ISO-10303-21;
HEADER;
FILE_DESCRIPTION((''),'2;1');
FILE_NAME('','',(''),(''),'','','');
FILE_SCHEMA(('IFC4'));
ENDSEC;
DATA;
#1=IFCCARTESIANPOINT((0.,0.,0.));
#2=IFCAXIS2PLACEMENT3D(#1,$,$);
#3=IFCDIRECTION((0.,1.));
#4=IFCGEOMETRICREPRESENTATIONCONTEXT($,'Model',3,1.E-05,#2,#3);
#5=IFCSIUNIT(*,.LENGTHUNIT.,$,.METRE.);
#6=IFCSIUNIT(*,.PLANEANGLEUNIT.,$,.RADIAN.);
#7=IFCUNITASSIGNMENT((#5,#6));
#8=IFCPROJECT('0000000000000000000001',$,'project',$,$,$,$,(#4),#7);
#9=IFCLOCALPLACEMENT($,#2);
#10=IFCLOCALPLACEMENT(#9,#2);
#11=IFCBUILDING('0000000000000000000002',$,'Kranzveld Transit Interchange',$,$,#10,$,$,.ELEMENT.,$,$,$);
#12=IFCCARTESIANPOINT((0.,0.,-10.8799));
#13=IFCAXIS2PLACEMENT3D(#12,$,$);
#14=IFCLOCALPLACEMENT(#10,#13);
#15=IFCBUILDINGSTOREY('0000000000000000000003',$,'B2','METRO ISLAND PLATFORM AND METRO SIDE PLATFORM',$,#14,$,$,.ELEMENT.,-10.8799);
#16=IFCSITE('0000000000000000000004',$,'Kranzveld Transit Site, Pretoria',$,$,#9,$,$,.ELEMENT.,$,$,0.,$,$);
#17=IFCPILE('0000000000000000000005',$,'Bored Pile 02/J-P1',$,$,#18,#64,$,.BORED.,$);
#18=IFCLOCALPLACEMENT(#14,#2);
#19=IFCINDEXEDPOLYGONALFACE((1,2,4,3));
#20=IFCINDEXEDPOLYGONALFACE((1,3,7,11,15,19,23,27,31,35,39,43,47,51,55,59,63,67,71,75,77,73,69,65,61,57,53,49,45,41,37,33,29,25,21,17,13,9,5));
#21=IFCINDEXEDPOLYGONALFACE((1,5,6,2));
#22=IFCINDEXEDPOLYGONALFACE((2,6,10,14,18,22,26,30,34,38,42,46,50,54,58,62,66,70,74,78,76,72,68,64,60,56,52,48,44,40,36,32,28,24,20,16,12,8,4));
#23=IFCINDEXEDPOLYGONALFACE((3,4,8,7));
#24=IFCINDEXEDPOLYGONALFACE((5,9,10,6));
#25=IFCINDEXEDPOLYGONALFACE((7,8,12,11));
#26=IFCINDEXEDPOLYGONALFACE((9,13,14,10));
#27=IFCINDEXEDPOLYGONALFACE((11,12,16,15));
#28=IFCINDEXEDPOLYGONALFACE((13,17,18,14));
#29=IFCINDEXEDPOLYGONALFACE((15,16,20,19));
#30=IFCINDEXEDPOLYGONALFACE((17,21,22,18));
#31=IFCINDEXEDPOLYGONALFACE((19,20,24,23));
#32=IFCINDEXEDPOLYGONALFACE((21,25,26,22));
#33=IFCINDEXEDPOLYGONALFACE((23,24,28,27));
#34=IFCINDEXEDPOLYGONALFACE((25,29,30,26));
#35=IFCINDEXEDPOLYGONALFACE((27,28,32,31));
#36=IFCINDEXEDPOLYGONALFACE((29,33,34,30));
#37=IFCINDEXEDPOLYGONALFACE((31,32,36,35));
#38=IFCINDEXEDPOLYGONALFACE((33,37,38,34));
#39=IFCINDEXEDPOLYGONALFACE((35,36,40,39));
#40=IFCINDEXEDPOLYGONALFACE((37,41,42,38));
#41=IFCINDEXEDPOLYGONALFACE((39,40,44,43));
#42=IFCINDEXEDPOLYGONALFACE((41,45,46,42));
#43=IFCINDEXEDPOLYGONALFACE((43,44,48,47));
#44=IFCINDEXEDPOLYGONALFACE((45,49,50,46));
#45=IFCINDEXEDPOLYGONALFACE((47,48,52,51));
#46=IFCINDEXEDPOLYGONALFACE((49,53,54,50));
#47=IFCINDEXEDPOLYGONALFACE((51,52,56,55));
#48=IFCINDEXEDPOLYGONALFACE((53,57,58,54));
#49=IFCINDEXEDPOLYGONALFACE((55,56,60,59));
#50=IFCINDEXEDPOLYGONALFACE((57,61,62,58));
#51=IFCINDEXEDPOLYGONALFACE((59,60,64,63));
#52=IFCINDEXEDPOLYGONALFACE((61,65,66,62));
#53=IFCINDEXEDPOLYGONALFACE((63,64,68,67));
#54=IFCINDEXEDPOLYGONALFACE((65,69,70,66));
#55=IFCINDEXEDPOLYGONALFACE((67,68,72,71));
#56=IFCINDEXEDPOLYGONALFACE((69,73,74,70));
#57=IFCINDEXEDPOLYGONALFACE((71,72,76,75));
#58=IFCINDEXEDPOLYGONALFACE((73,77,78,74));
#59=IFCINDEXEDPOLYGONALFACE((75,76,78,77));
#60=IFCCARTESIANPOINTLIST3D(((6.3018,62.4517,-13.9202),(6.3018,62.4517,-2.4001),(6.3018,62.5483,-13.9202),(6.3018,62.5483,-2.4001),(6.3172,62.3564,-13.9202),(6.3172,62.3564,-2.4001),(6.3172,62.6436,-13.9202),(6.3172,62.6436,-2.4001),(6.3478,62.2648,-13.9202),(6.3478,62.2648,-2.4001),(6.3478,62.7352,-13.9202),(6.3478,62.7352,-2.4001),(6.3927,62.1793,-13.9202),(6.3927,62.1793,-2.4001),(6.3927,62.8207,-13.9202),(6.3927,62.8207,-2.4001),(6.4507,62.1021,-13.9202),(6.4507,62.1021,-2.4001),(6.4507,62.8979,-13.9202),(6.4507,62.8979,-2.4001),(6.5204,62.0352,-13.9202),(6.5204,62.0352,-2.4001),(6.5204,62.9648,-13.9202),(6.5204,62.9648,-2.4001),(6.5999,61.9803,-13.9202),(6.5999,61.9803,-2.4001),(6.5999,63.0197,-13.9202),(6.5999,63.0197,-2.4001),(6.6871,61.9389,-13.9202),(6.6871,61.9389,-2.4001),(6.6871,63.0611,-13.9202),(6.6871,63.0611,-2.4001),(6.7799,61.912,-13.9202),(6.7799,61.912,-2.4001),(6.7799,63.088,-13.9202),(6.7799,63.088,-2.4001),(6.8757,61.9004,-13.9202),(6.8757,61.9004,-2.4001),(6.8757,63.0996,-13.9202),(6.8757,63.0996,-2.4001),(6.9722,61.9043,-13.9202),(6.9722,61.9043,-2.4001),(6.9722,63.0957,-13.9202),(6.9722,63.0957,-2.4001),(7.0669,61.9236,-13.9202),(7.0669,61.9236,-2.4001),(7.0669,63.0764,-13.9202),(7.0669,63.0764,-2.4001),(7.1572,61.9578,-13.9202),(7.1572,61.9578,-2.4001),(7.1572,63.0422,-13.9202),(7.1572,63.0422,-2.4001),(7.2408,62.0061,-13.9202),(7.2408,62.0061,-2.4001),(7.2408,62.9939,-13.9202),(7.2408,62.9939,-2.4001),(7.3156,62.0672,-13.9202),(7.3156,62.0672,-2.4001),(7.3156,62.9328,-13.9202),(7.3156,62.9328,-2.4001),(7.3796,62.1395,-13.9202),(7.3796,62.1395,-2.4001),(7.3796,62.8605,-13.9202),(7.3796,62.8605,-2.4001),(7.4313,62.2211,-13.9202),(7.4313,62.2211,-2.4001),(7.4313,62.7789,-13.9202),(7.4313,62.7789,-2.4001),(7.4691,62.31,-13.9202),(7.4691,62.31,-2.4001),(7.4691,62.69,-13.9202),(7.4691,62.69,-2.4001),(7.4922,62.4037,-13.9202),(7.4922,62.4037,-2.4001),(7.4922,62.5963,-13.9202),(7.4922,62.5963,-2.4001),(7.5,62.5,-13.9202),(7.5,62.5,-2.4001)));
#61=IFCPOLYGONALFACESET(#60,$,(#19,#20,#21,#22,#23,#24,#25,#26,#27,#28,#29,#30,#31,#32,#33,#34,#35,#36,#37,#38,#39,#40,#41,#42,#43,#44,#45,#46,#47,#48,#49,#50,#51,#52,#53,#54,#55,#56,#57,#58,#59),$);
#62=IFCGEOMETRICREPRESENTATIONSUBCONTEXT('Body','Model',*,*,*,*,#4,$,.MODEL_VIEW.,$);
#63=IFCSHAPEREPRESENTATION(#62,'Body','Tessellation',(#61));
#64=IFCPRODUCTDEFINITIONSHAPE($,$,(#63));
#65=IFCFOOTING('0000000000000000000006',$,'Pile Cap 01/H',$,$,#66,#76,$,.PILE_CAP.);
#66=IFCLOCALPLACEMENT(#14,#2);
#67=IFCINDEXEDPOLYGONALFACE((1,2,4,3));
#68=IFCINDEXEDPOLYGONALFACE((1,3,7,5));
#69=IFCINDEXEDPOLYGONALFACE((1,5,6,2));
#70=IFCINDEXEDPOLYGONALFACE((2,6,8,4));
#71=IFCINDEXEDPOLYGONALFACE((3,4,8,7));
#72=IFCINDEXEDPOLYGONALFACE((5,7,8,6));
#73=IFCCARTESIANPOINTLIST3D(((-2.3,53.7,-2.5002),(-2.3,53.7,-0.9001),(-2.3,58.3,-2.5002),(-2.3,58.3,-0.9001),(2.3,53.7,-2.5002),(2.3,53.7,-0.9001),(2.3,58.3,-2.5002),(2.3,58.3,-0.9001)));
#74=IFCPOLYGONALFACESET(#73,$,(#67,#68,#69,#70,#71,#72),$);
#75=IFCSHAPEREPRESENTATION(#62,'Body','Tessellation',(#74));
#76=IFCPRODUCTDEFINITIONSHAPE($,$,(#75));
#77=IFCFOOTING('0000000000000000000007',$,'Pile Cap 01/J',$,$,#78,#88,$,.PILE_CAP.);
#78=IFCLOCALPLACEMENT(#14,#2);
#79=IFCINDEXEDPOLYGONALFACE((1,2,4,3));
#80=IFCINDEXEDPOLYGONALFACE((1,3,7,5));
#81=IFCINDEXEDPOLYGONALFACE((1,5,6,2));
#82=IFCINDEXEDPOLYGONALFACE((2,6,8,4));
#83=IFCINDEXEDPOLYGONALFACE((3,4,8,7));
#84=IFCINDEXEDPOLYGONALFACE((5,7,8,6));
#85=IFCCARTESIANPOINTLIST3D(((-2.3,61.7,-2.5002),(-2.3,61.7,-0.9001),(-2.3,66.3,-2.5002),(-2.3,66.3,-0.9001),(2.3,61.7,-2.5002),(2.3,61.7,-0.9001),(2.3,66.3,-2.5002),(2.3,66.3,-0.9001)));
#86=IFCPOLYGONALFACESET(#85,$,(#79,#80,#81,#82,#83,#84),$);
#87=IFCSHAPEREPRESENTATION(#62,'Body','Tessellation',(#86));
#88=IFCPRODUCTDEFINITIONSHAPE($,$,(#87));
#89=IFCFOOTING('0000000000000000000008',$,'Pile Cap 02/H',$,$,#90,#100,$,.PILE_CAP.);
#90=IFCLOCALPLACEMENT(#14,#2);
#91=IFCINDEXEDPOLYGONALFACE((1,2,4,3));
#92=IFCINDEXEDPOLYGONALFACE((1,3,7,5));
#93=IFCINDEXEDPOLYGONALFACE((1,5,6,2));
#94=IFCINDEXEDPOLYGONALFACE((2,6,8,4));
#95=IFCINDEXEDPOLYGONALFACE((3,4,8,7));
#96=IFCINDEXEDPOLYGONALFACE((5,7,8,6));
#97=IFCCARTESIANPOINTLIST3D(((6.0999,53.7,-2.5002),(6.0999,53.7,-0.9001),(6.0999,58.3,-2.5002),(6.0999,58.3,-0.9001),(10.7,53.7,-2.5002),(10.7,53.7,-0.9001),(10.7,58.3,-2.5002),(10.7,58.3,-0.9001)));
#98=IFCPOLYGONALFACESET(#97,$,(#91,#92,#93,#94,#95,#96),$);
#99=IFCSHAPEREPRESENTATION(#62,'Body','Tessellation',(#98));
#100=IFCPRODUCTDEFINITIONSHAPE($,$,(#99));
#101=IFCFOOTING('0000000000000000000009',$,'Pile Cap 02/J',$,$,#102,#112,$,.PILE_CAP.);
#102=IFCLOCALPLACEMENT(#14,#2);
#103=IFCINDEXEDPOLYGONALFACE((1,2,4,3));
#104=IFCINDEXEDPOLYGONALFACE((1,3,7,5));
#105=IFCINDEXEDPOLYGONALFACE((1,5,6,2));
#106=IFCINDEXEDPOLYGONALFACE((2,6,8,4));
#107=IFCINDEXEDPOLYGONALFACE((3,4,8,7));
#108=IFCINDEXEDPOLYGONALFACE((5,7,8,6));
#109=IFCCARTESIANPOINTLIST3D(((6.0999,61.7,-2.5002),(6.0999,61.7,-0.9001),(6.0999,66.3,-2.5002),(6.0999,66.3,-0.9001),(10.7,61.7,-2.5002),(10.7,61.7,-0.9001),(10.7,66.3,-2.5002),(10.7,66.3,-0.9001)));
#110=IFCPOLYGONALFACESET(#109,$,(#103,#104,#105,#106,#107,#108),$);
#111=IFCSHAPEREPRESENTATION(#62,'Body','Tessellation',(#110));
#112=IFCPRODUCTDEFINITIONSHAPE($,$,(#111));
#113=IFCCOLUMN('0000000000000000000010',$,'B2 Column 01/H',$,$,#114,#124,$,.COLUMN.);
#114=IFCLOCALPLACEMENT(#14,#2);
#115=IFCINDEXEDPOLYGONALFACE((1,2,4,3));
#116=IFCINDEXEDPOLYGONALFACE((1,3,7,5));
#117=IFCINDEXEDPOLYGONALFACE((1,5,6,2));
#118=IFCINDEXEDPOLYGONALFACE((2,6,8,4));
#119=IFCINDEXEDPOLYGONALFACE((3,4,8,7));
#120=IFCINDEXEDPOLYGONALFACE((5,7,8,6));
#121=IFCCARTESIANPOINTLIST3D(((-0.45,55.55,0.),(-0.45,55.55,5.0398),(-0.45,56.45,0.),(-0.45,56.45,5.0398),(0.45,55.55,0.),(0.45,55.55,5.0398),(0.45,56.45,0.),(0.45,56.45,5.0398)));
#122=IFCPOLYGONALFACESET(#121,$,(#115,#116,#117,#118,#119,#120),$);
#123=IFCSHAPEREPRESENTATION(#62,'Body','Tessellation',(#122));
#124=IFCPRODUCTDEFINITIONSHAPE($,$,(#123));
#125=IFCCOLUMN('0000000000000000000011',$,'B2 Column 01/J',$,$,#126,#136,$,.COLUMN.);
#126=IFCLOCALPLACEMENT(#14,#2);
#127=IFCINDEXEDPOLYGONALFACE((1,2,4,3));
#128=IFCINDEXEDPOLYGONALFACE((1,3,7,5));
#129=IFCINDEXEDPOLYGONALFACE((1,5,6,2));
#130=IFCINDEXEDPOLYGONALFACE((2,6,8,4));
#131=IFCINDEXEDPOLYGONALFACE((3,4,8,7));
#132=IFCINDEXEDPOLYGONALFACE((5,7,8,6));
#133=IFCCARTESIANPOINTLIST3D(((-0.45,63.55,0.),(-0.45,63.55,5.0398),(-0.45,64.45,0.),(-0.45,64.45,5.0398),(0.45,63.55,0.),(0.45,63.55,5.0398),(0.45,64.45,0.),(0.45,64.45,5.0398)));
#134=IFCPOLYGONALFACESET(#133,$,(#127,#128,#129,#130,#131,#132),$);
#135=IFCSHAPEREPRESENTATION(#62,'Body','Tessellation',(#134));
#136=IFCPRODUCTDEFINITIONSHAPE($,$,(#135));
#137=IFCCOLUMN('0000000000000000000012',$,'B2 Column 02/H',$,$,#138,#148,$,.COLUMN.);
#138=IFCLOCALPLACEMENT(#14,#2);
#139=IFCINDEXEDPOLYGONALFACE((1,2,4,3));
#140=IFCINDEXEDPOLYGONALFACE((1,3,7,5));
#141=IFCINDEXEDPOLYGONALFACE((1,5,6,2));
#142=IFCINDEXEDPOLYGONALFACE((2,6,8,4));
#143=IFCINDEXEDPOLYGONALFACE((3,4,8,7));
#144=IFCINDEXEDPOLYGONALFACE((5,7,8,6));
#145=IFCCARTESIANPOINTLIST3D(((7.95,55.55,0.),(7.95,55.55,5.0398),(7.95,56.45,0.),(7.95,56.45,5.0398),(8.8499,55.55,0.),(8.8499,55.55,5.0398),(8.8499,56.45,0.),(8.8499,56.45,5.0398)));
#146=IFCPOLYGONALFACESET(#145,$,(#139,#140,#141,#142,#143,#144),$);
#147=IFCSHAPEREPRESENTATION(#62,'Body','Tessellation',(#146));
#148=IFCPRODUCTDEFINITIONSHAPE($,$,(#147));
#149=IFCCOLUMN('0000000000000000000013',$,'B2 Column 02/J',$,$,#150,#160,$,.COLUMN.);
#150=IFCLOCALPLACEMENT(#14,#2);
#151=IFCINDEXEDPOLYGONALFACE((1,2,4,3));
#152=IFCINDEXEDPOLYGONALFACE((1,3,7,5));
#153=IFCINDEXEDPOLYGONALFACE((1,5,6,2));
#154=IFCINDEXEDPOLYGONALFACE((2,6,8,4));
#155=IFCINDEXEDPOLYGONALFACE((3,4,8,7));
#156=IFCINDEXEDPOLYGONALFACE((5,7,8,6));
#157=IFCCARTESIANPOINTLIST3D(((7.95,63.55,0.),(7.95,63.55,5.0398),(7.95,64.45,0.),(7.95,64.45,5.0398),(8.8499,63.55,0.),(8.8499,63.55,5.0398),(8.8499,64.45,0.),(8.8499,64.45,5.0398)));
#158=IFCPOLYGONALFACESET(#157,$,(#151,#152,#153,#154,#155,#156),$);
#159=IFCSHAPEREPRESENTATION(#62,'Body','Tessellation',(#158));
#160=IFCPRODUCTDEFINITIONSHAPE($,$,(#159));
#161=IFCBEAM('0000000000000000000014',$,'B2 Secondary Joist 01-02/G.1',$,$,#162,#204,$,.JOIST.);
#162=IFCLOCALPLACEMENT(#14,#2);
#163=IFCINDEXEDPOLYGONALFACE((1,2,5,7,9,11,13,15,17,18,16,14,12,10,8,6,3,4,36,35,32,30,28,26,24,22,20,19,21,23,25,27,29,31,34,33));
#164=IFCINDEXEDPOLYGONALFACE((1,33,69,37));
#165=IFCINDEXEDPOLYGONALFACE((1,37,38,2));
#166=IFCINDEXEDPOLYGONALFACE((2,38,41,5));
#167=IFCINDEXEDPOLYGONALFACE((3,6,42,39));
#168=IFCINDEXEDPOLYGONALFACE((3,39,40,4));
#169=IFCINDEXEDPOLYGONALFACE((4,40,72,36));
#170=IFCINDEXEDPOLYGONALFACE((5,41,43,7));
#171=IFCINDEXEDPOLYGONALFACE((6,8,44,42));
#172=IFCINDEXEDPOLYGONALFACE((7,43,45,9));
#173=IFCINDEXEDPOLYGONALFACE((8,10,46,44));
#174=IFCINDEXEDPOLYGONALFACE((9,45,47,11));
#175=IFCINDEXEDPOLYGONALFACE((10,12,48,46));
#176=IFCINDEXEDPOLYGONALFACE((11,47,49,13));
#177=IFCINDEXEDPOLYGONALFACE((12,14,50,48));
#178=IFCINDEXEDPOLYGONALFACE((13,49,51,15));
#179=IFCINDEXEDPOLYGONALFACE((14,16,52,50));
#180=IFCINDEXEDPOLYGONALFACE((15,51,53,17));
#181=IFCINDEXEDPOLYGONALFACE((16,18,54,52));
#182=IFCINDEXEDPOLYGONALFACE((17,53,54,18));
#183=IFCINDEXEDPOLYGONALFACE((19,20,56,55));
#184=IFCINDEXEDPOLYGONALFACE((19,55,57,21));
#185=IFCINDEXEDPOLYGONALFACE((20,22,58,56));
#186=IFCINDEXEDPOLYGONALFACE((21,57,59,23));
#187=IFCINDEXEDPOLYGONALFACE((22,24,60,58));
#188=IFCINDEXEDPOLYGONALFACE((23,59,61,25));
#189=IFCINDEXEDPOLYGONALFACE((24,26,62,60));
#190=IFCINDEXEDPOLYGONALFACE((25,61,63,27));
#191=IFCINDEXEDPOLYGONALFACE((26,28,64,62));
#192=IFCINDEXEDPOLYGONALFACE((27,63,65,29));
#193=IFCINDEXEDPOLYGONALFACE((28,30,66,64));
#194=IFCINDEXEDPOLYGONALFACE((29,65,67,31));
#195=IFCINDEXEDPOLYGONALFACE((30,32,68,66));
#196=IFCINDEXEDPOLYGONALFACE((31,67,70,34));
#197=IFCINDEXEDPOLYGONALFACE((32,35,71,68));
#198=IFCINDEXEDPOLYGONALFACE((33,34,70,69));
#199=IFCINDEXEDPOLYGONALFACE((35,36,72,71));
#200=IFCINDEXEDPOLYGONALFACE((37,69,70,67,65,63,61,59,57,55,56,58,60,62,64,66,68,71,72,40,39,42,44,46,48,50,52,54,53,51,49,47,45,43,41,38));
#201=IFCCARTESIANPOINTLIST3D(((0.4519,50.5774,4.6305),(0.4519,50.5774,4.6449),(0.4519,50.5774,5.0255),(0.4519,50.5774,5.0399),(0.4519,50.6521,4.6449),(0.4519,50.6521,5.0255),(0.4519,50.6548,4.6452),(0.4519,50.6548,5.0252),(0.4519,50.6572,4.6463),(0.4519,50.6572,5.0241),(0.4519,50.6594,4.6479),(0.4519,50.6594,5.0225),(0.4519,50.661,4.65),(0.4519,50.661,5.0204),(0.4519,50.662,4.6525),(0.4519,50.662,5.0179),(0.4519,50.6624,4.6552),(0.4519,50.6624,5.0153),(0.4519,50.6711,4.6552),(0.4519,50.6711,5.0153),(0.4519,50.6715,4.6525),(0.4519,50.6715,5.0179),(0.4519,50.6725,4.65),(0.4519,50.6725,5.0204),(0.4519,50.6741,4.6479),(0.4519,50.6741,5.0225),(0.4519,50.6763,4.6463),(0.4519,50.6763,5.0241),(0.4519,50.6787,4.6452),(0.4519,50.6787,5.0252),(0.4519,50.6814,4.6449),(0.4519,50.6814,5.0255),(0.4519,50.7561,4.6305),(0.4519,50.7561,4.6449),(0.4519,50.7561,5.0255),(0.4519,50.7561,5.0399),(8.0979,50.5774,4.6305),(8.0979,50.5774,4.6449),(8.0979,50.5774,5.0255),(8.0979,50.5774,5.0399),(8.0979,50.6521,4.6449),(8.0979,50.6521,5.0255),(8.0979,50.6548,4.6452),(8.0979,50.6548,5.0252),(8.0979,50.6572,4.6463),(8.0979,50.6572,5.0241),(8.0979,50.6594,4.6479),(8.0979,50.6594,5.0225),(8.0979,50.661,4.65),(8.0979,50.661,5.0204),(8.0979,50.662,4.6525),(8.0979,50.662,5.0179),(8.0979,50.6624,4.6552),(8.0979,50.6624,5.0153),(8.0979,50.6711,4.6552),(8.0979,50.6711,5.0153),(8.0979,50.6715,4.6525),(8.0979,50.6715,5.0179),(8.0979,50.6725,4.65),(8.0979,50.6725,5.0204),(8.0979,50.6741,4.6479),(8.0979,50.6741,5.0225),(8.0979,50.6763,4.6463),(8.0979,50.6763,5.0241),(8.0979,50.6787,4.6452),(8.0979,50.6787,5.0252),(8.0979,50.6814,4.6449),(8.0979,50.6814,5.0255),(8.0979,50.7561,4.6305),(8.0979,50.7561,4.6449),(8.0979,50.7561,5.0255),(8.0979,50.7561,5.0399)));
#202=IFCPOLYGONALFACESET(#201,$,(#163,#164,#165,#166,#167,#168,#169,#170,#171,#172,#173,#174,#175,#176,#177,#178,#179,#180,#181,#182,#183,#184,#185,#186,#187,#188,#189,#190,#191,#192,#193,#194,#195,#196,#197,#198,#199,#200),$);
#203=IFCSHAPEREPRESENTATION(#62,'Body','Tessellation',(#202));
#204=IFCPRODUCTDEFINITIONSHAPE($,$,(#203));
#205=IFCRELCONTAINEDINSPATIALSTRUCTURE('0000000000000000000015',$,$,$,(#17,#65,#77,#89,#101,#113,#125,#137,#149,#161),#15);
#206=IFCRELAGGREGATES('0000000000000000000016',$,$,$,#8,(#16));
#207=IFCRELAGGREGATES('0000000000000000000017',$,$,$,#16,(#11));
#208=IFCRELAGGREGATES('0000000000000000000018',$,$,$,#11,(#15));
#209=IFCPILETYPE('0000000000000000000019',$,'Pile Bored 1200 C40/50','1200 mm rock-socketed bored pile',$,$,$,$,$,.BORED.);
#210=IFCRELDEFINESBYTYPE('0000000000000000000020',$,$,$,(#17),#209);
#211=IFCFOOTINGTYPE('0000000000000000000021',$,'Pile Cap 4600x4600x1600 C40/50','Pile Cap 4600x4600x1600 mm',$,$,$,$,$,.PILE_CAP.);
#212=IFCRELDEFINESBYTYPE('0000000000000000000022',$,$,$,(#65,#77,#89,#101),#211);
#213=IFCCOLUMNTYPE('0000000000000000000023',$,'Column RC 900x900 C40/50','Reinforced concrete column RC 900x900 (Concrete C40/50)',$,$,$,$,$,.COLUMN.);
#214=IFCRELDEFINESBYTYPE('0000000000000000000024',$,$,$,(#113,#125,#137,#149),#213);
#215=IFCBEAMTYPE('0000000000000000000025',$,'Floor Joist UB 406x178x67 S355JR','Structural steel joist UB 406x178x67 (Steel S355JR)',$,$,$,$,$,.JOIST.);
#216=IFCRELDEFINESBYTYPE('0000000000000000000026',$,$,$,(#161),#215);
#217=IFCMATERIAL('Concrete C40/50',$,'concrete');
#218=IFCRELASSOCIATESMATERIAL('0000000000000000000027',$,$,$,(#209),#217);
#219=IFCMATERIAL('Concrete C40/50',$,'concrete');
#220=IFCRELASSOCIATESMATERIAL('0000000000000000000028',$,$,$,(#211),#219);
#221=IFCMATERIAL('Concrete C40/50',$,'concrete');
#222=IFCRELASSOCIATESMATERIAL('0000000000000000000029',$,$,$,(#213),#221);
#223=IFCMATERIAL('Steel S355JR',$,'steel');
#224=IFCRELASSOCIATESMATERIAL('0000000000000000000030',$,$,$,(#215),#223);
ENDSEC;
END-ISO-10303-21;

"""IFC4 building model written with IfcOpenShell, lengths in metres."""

from ifc_helpers import new_model, si_unit, direction, frame, origin, origin_2d, place, context, subcontext, project, spatial, rectangle, circle, i_section, extrude, material, material_profile, profile_set, type_object, element, save


model = new_model("IFC4")

# Units and contexts
model_context = context("Model", 3, precision=1e-05, world=origin(), true_north=direction((0.0, 1.0)))
body_context = subcontext(model_context, "Body", "Model", "MODEL_VIEW")
ifc_project = project(units=[si_unit("LENGTHUNIT", "METRE"), si_unit("PLANEANGLEUNIT", "RADIAN")], contexts=[model_context])

# Site, building, storey
site_placement = place(None, origin())
site = spatial("IfcSite", under=ifc_project, at=site_placement, Name="Kranzveld Transit Site, Pretoria", CompositionType="ELEMENT", RefElevation=0.0)
building_placement = place(site_placement, origin())
building = spatial("IfcBuilding", under=site, at=building_placement, Name="Kranzveld Transit Interchange", CompositionType="ELEMENT")
storey_placement = place(building_placement, frame((0.0, 0.0, -10.8799)))
storey = spatial("IfcBuildingStorey", under=building, at=storey_placement, Name="B2", Description="METRO ISLAND PLATFORM AND METRO SIDE PLATFORM", CompositionType="ELEMENT", Elevation=-10.8799)

# Pile
ifc_material_1 = material(Name="Concrete C40/50", Category="concrete")
ifc_material_profile_1 = material_profile(ifc_material_1, circle(Radius=0.6001, at=origin_2d()), Name="BORED PILE 1200")
ifc_profile_set_1 = profile_set([ifc_material_profile_1], Name="Concrete C40/50")
pile_type = type_object("IfcPileType", Name="Pile Bored 1200 C40/50", Description="1200 mm rock-socketed bored pile", PredefinedType="BORED", material=ifc_profile_set_1)
for number, where, z_axis, x_axis, name in (
    (1, (6.8999, 62.5, -2.4001), (0.0, 0.0, -1.0), (1.0, 0.0, 0.0), "Bored Pile 02/J-P1"),
):
    element("IfcPile", number, at=place(storey_placement, frame(where, z_axis=z_axis, x_axis=x_axis)), inside=storey, type_object=pile_type, Name=name, PredefinedType="BORED", context=body_context, shape_type="SweptSolid", body=[
        extrude(circle(Radius=0.6001, at=origin_2d()), origin(), (0.0, 0.0, 1.0), 11.52),
    ])

# Footings
ifc_material_2 = material(Name="Concrete C40/50", Category="concrete")
footing_type = type_object("IfcFootingType", Name="Pile Cap 4600x4600x1600 C40/50", Description="Pile Cap 4600x4600x1600 mm", PredefinedType="PILE_CAP", material=ifc_material_2)
for number, where, z_axis, x_axis, name in (
    (2, (0.0, 56.0, -2.5002), (0.0, 0.0, 1.0), (1.0, 0.0, 0.0), "Pile Cap 01/H"),
    (3, (0.0, 64.0, -2.5002), (0.0, 0.0, 1.0), (1.0, 0.0, 0.0), "Pile Cap 01/J"),
    (4, (8.3999, 56.0, -2.5002), (0.0, 0.0, 1.0), (1.0, 0.0, 0.0), "Pile Cap 02/H"),
    (5, (8.3999, 64.0, -2.5002), (0.0, 0.0, 1.0), (1.0, 0.0, 0.0), "Pile Cap 02/J"),
):
    element("IfcFooting", number, at=place(storey_placement, frame(where, z_axis=z_axis, x_axis=x_axis)), inside=storey, type_object=footing_type, Name=name, PredefinedType="PILE_CAP", context=body_context, shape_type="SweptSolid", body=[
        extrude(rectangle(XDim=4.6001, YDim=4.6001, at=origin_2d()), origin(), (0.0, 0.0, 1.0), 1.6001),
    ])

# Columns
ifc_material_3 = material(Name="Concrete C40/50", Category="concrete")
ifc_material_profile_2 = material_profile(ifc_material_3, rectangle(XDim=0.8999, YDim=0.8999, at=origin_2d()), Name="RC 900x900")
ifc_profile_set_2 = profile_set([ifc_material_profile_2], Name="Concrete C40/50")
column_type = type_object("IfcColumnType", Name="Column RC 900x900 C40/50", Description="Reinforced concrete column RC 900x900 (Concrete C40/50)", PredefinedType="COLUMN", material=ifc_profile_set_2)
for number, where, z_axis, x_axis, name in (
    (6, (0.0, 56.0, 0.0), (0.0, 0.0, 1.0), (1.0, 0.0, 0.0), "B2 Column 01/H"),
    (7, (0.0, 64.0, 0.0), (0.0, 0.0, 1.0), (1.0, 0.0, 0.0), "B2 Column 01/J"),
    (8, (8.3999, 56.0, 0.0), (0.0, 0.0, 1.0), (1.0, 0.0, 0.0), "B2 Column 02/H"),
    (9, (8.3999, 64.0, 0.0), (0.0, 0.0, 1.0), (1.0, 0.0, 0.0), "B2 Column 02/J"),
):
    element("IfcColumn", number, at=place(storey_placement, frame(where, z_axis=z_axis, x_axis=x_axis)), inside=storey, type_object=column_type, Name=name, PredefinedType="COLUMN", context=body_context, shape_type="SweptSolid", body=[
        extrude(rectangle(XDim=0.8999, YDim=0.8999, at=origin_2d()), origin(), (0.0, 0.0, 1.0), 5.0398),
    ])

# Beam
ifc_material_4 = material(Name="Steel S355JR", Category="steel")
ifc_material_profile_3 = material_profile(ifc_material_4, i_section(OverallWidth=0.1787, OverallDepth=0.4094, WebThickness=0.0088, FlangeThickness=0.0144, FilletRadius=0.0103, at=origin_2d()), Name="UB 406x178x67")
ifc_profile_set_3 = profile_set([ifc_material_profile_3], Name="Steel S355JR")
beam_type_1 = type_object("IfcBeamType", Name="Floor Joist UB 406x178x67 S355JR", Description="Structural steel joist UB 406x178x67 (Steel S355JR)", PredefinedType="JOIST", material=ifc_profile_set_3)
for number, where, z_axis, x_axis, name in (
    (10, (0.4519, 50.6667, 4.8352), (1.0, 0.0, 0.0), (0.0, 1.0, 0.0), "B2 Secondary Joist 01-02/G.1"),
):
    element("IfcBeam", number, at=place(storey_placement, frame(where, z_axis=z_axis, x_axis=x_axis)), inside=storey, type_object=beam_type_1, Name=name, PredefinedType="JOIST", context=body_context, shape_type="SweptSolid", body=[
        extrude(i_section(OverallWidth=0.1787, OverallDepth=0.4094, WebThickness=0.0088, FlangeThickness=0.0144, FilletRadius=0.0103, at=origin_2d()), origin(), (0.0, 0.0, 1.0), 7.646),
    ])

save(model, "model.ifc")
